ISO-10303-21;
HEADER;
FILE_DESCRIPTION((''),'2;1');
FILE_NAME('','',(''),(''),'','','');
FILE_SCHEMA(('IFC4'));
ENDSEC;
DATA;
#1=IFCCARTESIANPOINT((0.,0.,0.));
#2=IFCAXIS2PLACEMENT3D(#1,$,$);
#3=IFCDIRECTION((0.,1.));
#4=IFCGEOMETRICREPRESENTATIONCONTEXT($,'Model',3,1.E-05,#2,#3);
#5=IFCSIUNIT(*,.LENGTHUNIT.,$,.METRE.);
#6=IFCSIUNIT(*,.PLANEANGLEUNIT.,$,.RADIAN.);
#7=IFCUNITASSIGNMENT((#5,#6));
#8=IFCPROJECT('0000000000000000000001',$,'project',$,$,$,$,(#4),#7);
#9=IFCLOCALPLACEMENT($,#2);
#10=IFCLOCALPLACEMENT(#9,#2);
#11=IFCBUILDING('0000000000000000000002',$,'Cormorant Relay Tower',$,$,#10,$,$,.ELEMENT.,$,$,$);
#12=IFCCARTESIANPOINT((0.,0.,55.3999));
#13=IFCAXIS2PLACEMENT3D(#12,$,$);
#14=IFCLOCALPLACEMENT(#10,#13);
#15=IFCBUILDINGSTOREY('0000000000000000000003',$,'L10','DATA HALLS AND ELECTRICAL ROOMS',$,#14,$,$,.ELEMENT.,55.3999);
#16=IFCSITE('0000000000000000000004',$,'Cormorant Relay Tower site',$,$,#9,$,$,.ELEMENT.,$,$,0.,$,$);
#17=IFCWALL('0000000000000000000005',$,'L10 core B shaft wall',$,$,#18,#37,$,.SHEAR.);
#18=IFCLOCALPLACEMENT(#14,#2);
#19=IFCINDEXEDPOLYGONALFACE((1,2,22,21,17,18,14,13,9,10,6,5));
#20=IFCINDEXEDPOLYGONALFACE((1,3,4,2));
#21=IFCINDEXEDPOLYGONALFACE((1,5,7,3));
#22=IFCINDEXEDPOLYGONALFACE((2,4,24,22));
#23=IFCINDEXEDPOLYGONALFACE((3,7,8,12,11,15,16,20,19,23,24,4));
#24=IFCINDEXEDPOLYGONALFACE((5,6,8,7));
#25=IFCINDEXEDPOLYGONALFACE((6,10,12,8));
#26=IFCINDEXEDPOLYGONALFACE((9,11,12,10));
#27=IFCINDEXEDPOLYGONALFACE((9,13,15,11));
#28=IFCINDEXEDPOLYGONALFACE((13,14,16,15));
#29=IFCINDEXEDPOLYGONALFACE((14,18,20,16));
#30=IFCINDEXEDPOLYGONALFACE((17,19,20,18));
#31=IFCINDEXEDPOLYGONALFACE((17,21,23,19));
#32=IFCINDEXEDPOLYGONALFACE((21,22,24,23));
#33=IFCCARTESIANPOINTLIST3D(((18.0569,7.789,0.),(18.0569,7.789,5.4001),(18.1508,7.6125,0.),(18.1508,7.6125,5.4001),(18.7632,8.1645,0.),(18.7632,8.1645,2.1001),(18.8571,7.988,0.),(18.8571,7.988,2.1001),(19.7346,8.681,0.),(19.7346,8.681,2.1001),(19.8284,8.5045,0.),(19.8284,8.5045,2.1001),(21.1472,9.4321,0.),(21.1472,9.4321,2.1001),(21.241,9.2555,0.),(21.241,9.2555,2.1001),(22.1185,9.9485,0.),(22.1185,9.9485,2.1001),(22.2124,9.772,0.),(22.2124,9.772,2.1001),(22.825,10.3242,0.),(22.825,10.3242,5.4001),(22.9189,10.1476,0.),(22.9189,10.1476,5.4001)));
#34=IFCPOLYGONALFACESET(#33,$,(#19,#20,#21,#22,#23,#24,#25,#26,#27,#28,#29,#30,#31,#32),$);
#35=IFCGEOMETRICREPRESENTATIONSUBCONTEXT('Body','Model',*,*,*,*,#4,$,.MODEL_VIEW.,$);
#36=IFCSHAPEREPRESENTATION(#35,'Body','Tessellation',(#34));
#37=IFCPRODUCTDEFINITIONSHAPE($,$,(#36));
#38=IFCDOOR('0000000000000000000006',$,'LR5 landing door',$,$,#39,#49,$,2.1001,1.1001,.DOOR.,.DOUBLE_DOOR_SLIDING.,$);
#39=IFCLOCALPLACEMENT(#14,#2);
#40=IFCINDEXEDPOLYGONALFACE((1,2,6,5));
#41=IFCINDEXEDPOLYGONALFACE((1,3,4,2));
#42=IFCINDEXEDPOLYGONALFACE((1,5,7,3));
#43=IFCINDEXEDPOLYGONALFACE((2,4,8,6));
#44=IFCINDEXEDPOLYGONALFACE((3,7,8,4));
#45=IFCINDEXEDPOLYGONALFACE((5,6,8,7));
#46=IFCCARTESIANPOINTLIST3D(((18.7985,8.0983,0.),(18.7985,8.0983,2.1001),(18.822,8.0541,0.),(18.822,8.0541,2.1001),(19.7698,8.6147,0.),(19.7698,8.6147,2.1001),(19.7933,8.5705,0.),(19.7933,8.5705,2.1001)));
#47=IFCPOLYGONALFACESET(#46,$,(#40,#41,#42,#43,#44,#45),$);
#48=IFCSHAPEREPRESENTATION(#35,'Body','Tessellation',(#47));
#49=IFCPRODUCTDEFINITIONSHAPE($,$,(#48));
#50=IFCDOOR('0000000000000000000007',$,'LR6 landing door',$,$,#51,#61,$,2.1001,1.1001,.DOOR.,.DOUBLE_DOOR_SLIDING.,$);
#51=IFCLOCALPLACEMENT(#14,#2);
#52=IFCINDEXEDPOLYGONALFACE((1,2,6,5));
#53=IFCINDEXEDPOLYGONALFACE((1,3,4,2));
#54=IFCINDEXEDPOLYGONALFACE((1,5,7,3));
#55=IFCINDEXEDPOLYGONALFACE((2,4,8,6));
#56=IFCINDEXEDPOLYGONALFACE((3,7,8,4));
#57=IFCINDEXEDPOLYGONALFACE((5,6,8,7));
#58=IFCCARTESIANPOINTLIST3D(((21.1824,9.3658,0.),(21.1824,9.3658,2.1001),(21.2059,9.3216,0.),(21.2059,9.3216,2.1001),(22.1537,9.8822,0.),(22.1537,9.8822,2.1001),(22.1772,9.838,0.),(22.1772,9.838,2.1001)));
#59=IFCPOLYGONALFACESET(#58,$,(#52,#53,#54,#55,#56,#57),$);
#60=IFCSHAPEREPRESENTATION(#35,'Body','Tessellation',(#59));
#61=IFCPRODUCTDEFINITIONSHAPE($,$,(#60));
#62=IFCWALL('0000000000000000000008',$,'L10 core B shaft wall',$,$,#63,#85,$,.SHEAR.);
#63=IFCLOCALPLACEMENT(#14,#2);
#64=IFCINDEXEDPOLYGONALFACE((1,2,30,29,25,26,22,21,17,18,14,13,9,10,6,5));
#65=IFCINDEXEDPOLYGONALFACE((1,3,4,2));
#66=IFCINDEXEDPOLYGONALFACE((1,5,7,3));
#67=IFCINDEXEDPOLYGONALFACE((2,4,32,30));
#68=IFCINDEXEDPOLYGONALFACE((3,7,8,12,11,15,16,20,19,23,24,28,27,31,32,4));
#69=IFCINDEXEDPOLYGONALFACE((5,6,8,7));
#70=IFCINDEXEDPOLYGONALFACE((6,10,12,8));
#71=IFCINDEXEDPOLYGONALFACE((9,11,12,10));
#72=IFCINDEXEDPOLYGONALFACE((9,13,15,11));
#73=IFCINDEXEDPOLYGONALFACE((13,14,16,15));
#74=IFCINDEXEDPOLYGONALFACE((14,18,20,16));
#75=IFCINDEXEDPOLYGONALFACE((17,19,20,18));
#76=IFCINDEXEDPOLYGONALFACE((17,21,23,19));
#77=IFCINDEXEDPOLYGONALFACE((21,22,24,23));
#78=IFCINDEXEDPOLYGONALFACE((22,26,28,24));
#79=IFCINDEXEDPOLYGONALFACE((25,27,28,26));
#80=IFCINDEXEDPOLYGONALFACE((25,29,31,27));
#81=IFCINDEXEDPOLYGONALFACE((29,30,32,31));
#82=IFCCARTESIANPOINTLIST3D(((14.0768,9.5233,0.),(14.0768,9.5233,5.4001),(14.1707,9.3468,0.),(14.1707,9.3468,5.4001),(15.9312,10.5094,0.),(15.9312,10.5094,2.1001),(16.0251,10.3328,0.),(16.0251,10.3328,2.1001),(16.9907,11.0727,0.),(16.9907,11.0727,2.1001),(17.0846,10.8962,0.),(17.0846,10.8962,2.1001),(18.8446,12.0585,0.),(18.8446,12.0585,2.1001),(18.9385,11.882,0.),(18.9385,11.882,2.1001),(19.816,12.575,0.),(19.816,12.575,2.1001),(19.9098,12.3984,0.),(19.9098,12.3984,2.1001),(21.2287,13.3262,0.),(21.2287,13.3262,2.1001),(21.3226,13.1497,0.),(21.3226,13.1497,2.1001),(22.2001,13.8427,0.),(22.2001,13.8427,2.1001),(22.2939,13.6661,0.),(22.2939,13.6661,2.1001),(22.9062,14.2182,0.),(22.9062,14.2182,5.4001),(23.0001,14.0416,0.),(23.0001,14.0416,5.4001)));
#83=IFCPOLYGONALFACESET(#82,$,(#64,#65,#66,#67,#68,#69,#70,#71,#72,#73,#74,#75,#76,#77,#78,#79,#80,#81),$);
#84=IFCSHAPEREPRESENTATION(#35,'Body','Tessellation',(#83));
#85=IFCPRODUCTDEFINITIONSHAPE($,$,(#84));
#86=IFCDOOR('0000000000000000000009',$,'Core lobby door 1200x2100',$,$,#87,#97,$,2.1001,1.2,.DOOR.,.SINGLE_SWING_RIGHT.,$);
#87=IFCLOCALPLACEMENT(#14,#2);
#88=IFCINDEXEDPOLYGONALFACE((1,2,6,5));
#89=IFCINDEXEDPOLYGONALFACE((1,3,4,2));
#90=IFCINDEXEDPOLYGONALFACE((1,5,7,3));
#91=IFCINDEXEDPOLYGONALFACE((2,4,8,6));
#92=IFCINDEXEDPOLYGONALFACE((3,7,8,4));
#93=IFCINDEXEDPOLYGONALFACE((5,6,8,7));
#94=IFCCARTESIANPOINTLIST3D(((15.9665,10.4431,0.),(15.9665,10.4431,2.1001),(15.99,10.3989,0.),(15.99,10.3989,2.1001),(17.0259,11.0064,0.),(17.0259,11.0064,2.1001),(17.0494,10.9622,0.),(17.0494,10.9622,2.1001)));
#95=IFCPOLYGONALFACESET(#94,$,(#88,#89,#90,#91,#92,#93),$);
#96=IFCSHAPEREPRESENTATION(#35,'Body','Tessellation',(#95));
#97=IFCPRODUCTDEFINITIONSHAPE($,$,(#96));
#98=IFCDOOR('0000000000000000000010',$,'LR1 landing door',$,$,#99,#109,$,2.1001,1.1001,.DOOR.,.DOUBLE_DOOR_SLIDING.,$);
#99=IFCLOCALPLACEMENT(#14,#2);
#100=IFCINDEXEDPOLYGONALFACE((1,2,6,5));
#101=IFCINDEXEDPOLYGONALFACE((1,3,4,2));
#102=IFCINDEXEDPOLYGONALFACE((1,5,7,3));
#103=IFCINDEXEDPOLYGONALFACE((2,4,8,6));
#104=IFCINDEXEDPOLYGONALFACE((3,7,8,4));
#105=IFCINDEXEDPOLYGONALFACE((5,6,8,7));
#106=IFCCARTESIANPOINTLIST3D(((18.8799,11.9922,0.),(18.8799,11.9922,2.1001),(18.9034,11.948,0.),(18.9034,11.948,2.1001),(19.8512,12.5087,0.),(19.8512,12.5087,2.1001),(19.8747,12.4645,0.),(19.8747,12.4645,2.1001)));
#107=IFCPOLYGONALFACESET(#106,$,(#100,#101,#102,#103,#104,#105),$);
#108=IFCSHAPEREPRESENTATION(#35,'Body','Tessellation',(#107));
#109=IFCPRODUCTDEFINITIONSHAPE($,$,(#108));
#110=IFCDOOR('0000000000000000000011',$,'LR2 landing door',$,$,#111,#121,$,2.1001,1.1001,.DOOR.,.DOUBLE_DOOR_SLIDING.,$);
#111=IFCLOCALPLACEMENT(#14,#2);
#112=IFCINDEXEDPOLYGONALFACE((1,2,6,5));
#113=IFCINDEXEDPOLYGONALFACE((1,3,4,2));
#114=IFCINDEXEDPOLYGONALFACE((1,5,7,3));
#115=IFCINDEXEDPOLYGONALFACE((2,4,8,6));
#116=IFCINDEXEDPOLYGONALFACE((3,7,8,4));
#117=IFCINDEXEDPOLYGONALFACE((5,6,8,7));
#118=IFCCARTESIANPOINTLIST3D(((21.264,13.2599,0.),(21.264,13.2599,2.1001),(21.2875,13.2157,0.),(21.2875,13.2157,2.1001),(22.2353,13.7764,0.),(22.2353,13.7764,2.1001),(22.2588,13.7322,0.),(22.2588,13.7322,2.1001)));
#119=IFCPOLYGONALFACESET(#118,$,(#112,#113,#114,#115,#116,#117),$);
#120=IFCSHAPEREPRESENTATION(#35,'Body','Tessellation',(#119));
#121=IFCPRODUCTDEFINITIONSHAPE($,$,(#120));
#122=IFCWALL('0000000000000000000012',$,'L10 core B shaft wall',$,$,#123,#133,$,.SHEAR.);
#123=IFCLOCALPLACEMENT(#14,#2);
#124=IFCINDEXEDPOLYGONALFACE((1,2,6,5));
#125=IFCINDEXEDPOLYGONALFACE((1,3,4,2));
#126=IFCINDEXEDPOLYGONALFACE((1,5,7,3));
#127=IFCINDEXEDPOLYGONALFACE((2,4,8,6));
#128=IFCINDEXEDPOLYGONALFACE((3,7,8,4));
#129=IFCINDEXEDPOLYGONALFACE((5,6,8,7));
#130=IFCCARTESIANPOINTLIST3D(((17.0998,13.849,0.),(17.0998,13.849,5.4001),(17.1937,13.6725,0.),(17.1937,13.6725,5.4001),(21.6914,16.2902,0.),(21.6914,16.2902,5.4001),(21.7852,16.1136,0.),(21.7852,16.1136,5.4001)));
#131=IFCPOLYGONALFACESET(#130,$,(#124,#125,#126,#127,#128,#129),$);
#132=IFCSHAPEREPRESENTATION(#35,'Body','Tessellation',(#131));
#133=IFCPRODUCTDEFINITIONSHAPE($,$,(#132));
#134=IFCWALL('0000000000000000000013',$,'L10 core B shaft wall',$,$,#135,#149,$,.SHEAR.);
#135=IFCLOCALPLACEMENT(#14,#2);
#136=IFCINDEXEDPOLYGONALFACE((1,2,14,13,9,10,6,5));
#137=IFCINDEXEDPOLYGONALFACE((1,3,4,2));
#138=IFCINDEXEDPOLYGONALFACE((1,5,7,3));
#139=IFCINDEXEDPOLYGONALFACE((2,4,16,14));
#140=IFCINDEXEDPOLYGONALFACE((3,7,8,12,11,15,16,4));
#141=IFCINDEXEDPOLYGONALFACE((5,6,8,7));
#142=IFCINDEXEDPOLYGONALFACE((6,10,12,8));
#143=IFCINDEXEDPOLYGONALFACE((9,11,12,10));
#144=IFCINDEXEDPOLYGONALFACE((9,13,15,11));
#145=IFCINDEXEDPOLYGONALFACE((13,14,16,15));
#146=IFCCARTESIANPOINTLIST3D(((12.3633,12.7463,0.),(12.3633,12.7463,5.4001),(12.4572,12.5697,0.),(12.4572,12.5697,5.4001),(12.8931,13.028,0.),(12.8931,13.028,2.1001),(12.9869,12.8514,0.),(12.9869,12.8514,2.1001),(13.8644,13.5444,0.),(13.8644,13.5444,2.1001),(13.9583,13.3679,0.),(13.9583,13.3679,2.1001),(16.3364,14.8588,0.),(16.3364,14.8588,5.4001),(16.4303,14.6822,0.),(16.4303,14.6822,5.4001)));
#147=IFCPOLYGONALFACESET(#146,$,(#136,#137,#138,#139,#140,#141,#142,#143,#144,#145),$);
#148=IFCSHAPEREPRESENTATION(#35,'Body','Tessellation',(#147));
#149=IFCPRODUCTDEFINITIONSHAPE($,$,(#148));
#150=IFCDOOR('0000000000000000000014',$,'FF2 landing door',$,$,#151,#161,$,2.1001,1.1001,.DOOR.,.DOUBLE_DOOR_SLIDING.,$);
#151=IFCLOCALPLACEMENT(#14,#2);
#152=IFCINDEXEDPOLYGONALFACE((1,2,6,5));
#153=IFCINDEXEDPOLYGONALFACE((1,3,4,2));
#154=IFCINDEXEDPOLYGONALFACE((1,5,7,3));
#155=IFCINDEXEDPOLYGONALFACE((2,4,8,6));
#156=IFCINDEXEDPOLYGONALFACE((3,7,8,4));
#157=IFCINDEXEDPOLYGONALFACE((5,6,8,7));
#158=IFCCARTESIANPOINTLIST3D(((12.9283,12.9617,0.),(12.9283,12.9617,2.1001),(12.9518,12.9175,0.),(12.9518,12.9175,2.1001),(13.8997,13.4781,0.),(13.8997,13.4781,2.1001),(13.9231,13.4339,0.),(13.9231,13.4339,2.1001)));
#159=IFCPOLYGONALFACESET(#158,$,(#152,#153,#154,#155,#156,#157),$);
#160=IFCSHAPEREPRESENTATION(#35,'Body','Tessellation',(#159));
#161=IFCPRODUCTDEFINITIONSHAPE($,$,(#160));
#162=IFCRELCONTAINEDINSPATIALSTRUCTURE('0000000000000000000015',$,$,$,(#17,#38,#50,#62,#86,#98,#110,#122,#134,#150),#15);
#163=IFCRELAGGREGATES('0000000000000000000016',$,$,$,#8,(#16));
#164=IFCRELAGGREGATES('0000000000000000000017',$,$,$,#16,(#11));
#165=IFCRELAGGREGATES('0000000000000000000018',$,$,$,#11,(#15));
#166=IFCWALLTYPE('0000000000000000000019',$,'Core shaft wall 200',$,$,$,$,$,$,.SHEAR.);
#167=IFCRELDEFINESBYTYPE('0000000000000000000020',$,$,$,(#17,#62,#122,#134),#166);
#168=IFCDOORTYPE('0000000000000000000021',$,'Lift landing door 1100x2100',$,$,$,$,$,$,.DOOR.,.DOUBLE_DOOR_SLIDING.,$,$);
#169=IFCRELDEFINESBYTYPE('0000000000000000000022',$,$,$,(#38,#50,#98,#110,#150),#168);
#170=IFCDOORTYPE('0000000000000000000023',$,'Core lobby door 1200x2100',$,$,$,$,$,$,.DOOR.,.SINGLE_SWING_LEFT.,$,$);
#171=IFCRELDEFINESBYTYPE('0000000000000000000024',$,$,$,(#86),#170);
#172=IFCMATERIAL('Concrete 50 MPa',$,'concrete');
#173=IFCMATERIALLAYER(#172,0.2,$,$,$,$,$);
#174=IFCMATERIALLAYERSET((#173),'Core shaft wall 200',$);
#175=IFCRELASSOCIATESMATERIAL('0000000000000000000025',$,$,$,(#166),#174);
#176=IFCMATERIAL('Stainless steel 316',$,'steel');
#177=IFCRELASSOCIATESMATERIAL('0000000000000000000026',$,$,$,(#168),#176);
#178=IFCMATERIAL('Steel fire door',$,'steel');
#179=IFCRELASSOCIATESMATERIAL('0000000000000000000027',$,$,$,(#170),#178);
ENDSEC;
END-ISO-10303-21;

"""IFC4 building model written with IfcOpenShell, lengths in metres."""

from ifc_helpers import new_model, si_unit, direction, frame, frame_2d, origin, place, context, subcontext, project, spatial, rectangle, extrude, material, layer, layer_set, type_object, element, fill, save


model = new_model("IFC4")

# Units and contexts
model_context = context("Model", 3, precision=1e-05, world=origin(), true_north=direction((0.0, 1.0)))
body_context = subcontext(model_context, "Body", "Model", "MODEL_VIEW")
ifc_project = project(units=[si_unit("LENGTHUNIT", "METRE"), si_unit("PLANEANGLEUNIT", "RADIAN")], contexts=[model_context])

# Site, building, storey
site_placement = place(None, origin())
site = spatial("IfcSite", under=ifc_project, at=site_placement, Name="Cormorant Relay Tower site", CompositionType="ELEMENT", RefElevation=0.0)
building_placement = place(site_placement, origin())
building = spatial("IfcBuilding", under=site, at=building_placement, Name="Cormorant Relay Tower", CompositionType="ELEMENT")
storey_placement = place(building_placement, frame((0.0, 0.0, 55.3999)))
storey = spatial("IfcBuildingStorey", under=building, at=storey_placement, Name="L10", Description="DATA HALLS AND ELECTRICAL ROOMS", CompositionType="ELEMENT", Elevation=55.3999)

# Shared definitions
ifc_material_1 = material(Name="Concrete 50 MPa", Category="concrete")
ifc_layer_1 = layer(ifc_material_1, 0.2)
ifc_layer_set_1 = layer_set([ifc_layer_1], Name="Core shaft wall 200")
wall_type_1 = type_object("IfcWallType", Name="Core shaft wall 200", PredefinedType="SHEAR", material=ifc_layer_set_1)

# Walls, openings, doors
wall_1_placement = place(storey_placement, frame((18.1038, 7.7007, 0.0), z_axis=(0.0, 0.0, 1.0), x_axis=(0.882953, 0.469462, 0.0)))
wall_1 = element("IfcWall", 1, at=wall_1_placement, inside=storey, type_object=wall_type_1, Name="L10 core B shaft wall", PredefinedType="SHEAR", context=body_context, shape_type="SweptSolid", body=[
    extrude(rectangle(XDim=5.4001, YDim=0.2, at=frame_2d((2.7002, 0.0))), origin(), (0.0, 0.0, 1.0), 5.4001),
])
opening_1_placement = place(wall_1_placement, frame((0.8, 0.0, 0.0)))
opening_1 = element("IfcOpeningElement", 2, at=opening_1_placement, cuts=wall_1, PredefinedType="OPENING", context=body_context, shape_type="SweptSolid", body=[
    extrude(rectangle(XDim=1.1001, YDim=2.1001, at=frame_2d((0.55, 1.05))), frame((0.0, 0.1099, 0.0), z_axis=(0.0, -1.0, 0.0), x_axis=(1.0, 0.0, 0.0)), (0.0, 0.0, 1.0), 0.22),
])
opening_2_placement = place(wall_1_placement, frame((3.5, 0.0, 0.0)))
opening_2 = element("IfcOpeningElement", 3, at=opening_2_placement, cuts=wall_1, PredefinedType="OPENING", context=body_context, shape_type="SweptSolid", body=[
    extrude(rectangle(XDim=1.1001, YDim=2.1001, at=frame_2d((0.55, 1.05))), frame((0.0, 0.1099, 0.0), z_axis=(0.0, -1.0, 0.0), x_axis=(1.0, 0.0, 0.0)), (0.0, 0.0, 1.0), 0.22),
])
ifc_material_2 = material(Name="Stainless steel 316", Category="steel")
door_type_1 = type_object("IfcDoorType", Name="Lift landing door 1100x2100", OperationType="DOUBLE_DOOR_SLIDING", PredefinedType="DOOR", material=ifc_material_2)
door_1_placement = place(opening_1_placement, origin())
door_1 = element("IfcDoor", 4, at=door_1_placement, inside=storey, type_object=door_type_1, Name="LR5 landing door", OperationType="DOUBLE_DOOR_SLIDING", OverallHeight=2.1001, OverallWidth=1.1001, PredefinedType="DOOR", context=body_context, shape_type="SweptSolid", body=[
    extrude(rectangle(XDim=1.1001, YDim=2.1001, at=frame_2d((0.55, 1.05))), frame((0.0, 0.0249, 0.0), z_axis=(0.0, -1.0, 0.0), x_axis=(1.0, 0.0, 0.0)), (0.0, 0.0, 1.0), 0.05),
])
fill(opening_1, door_1)
door_2_placement = place(opening_2_placement, origin())
door_2 = element("IfcDoor", 5, at=door_2_placement, inside=storey, type_object=door_type_1, Name="LR6 landing door", OperationType="DOUBLE_DOOR_SLIDING", OverallHeight=2.1001, OverallWidth=1.1001, PredefinedType="DOOR", context=body_context, shape_type="SweptSolid", body=[
    extrude(rectangle(XDim=1.1001, YDim=2.1001, at=frame_2d((0.55, 1.05))), frame((0.0, 0.0249, 0.0), z_axis=(0.0, -1.0, 0.0), x_axis=(1.0, 0.0, 0.0)), (0.0, 0.0, 1.0), 0.05),
])
fill(opening_2, door_2)
wall_2_placement = place(storey_placement, frame((14.1238, 9.4351, 0.0), z_axis=(0.0, 0.0, 1.0), x_axis=(0.88294, 0.469485, 0.0)))
wall_2 = element("IfcWall", 6, at=wall_2_placement, inside=storey, type_object=wall_type_1, Name="L10 core B shaft wall", PredefinedType="SHEAR", context=body_context, shape_type="SweptSolid", body=[
    extrude(rectangle(XDim=10.0, YDim=0.2, at=frame_2d((5.0, 0.0))), origin(), (0.0, 0.0, 1.0), 5.4001),
])
opening_3_placement = place(wall_2_placement, frame((2.1001, 0.0, 0.0)))
opening_3 = element("IfcOpeningElement", 7, at=opening_3_placement, cuts=wall_2, PredefinedType="OPENING", context=body_context, shape_type="SweptSolid", body=[
    extrude(rectangle(XDim=1.2, YDim=2.1001, at=frame_2d((0.6001, 1.05))), frame((0.0, 0.1099, 0.0), z_axis=(0.0, -1.0, 0.0), x_axis=(1.0, 0.0, 0.0)), (0.0, 0.0, 1.0), 0.22),
])
opening_4_placement = place(wall_2_placement, frame((5.3999, 0.0, 0.0)))
opening_4 = element("IfcOpeningElement", 8, at=opening_4_placement, cuts=wall_2, PredefinedType="OPENING", context=body_context, shape_type="SweptSolid", body=[
    extrude(rectangle(XDim=1.1001, YDim=2.1001, at=frame_2d((0.55, 1.05))), frame((0.0, 0.1099, 0.0), z_axis=(0.0, -1.0, 0.0), x_axis=(1.0, 0.0, 0.0)), (0.0, 0.0, 1.0), 0.22),
])
opening_5_placement = place(wall_2_placement, frame((8.1001, 0.0, 0.0)))
opening_5 = element("IfcOpeningElement", 9, at=opening_5_placement, cuts=wall_2, PredefinedType="OPENING", context=body_context, shape_type="SweptSolid", body=[
    extrude(rectangle(XDim=1.1001, YDim=2.1001, at=frame_2d((0.55, 1.05))), frame((0.0, 0.1099, 0.0), z_axis=(0.0, -1.0, 0.0), x_axis=(1.0, 0.0, 0.0)), (0.0, 0.0, 1.0), 0.22),
])
ifc_material_3 = material(Name="Steel fire door", Category="steel")
door_type_2 = type_object("IfcDoorType", Name="Core lobby door 1200x2100", OperationType="SINGLE_SWING_LEFT", PredefinedType="DOOR", material=ifc_material_3)
door_3_placement = place(opening_3_placement, origin())
door_3 = element("IfcDoor", 10, at=door_3_placement, inside=storey, type_object=door_type_2, Name="Core lobby door 1200x2100", OperationType="SINGLE_SWING_RIGHT", OverallHeight=2.1001, OverallWidth=1.2, PredefinedType="DOOR", context=body_context, shape_type="SweptSolid", body=[
    extrude(rectangle(XDim=1.2, YDim=2.1001, at=frame_2d((0.6001, 1.05))), frame((0.0, 0.0249, 0.0), z_axis=(0.0, -1.0, 0.0), x_axis=(1.0, 0.0, 0.0)), (0.0, 0.0, 1.0), 0.05),
])
fill(opening_3, door_3)
door_4_placement = place(opening_4_placement, origin())
door_4 = element("IfcDoor", 11, at=door_4_placement, inside=storey, type_object=door_type_1, Name="LR1 landing door", OperationType="DOUBLE_DOOR_SLIDING", OverallHeight=2.1001, OverallWidth=1.1001, PredefinedType="DOOR", context=body_context, shape_type="SweptSolid", body=[
    extrude(rectangle(XDim=1.1001, YDim=2.1001, at=frame_2d((0.55, 1.05))), frame((0.0, 0.0249, 0.0), z_axis=(0.0, -1.0, 0.0), x_axis=(1.0, 0.0, 0.0)), (0.0, 0.0, 1.0), 0.05),
])
fill(opening_4, door_4)
door_5_placement = place(opening_5_placement, origin())
door_5 = element("IfcDoor", 12, at=door_5_placement, inside=storey, type_object=door_type_1, Name="LR2 landing door", OperationType="DOUBLE_DOOR_SLIDING", OverallHeight=2.1001, OverallWidth=1.1001, PredefinedType="DOOR", context=body_context, shape_type="SweptSolid", body=[
    extrude(rectangle(XDim=1.1001, YDim=2.1001, at=frame_2d((0.55, 1.05))), frame((0.0, 0.0249, 0.0), z_axis=(0.0, -1.0, 0.0), x_axis=(1.0, 0.0, 0.0)), (0.0, 0.0, 1.0), 0.05),
])
fill(opening_5, door_5)

# Wall
wall_3_placement = place(storey_placement, frame((17.1467, 13.7607, 0.0), z_axis=(0.0, 0.0, 1.0), x_axis=(0.882964, 0.46944, 0.0)))
element("IfcWall", 13, at=wall_3_placement, inside=storey, type_object=wall_type_1, Name="L10 core B shaft wall", PredefinedType="SHEAR", context=body_context, shape_type="SweptSolid", body=[
    extrude(rectangle(XDim=5.2002, YDim=0.2, at=frame_2d((2.6001, 0.0))), origin(), (0.0, 0.0, 1.0), 5.4001),
])

# Wall, opening, door
wall_4_placement = place(storey_placement, frame((12.4102, 12.658, 0.0), z_axis=(0.0, 0.0, 1.0), x_axis=(0.882948, 0.46947, 0.0)))
wall_4 = element("IfcWall", 14, at=wall_4_placement, inside=storey, type_object=wall_type_1, Name="L10 core B shaft wall", PredefinedType="SHEAR", context=body_context, shape_type="SweptSolid", body=[
    extrude(rectangle(XDim=4.4998, YDim=0.2, at=frame_2d((2.25, 0.0))), origin(), (0.0, 0.0, 1.0), 5.4001),
])
opening_6_placement = place(wall_4_placement, frame((0.6001, 0.0, 0.0)))
opening_6 = element("IfcOpeningElement", 15, at=opening_6_placement, cuts=wall_4, PredefinedType="OPENING", context=body_context, shape_type="SweptSolid", body=[
    extrude(rectangle(XDim=1.1001, YDim=2.1001, at=frame_2d((0.55, 1.05))), frame((0.0, 0.1099, 0.0), z_axis=(0.0, -1.0, 0.0), x_axis=(1.0, 0.0, 0.0)), (0.0, 0.0, 1.0), 0.22),
])
door_6_placement = place(opening_6_placement, origin())
door_6 = element("IfcDoor", 16, at=door_6_placement, inside=storey, type_object=door_type_1, Name="FF2 landing door", OperationType="DOUBLE_DOOR_SLIDING", OverallHeight=2.1001, OverallWidth=1.1001, PredefinedType="DOOR", context=body_context, shape_type="SweptSolid", body=[
    extrude(rectangle(XDim=1.1001, YDim=2.1001, at=frame_2d((0.55, 1.05))), frame((0.0, 0.0249, 0.0), z_axis=(0.0, -1.0, 0.0), x_axis=(1.0, 0.0, 0.0)), (0.0, 0.0, 1.0), 0.05),
])
fill(opening_6, door_6)

save(model, "model.ifc")
